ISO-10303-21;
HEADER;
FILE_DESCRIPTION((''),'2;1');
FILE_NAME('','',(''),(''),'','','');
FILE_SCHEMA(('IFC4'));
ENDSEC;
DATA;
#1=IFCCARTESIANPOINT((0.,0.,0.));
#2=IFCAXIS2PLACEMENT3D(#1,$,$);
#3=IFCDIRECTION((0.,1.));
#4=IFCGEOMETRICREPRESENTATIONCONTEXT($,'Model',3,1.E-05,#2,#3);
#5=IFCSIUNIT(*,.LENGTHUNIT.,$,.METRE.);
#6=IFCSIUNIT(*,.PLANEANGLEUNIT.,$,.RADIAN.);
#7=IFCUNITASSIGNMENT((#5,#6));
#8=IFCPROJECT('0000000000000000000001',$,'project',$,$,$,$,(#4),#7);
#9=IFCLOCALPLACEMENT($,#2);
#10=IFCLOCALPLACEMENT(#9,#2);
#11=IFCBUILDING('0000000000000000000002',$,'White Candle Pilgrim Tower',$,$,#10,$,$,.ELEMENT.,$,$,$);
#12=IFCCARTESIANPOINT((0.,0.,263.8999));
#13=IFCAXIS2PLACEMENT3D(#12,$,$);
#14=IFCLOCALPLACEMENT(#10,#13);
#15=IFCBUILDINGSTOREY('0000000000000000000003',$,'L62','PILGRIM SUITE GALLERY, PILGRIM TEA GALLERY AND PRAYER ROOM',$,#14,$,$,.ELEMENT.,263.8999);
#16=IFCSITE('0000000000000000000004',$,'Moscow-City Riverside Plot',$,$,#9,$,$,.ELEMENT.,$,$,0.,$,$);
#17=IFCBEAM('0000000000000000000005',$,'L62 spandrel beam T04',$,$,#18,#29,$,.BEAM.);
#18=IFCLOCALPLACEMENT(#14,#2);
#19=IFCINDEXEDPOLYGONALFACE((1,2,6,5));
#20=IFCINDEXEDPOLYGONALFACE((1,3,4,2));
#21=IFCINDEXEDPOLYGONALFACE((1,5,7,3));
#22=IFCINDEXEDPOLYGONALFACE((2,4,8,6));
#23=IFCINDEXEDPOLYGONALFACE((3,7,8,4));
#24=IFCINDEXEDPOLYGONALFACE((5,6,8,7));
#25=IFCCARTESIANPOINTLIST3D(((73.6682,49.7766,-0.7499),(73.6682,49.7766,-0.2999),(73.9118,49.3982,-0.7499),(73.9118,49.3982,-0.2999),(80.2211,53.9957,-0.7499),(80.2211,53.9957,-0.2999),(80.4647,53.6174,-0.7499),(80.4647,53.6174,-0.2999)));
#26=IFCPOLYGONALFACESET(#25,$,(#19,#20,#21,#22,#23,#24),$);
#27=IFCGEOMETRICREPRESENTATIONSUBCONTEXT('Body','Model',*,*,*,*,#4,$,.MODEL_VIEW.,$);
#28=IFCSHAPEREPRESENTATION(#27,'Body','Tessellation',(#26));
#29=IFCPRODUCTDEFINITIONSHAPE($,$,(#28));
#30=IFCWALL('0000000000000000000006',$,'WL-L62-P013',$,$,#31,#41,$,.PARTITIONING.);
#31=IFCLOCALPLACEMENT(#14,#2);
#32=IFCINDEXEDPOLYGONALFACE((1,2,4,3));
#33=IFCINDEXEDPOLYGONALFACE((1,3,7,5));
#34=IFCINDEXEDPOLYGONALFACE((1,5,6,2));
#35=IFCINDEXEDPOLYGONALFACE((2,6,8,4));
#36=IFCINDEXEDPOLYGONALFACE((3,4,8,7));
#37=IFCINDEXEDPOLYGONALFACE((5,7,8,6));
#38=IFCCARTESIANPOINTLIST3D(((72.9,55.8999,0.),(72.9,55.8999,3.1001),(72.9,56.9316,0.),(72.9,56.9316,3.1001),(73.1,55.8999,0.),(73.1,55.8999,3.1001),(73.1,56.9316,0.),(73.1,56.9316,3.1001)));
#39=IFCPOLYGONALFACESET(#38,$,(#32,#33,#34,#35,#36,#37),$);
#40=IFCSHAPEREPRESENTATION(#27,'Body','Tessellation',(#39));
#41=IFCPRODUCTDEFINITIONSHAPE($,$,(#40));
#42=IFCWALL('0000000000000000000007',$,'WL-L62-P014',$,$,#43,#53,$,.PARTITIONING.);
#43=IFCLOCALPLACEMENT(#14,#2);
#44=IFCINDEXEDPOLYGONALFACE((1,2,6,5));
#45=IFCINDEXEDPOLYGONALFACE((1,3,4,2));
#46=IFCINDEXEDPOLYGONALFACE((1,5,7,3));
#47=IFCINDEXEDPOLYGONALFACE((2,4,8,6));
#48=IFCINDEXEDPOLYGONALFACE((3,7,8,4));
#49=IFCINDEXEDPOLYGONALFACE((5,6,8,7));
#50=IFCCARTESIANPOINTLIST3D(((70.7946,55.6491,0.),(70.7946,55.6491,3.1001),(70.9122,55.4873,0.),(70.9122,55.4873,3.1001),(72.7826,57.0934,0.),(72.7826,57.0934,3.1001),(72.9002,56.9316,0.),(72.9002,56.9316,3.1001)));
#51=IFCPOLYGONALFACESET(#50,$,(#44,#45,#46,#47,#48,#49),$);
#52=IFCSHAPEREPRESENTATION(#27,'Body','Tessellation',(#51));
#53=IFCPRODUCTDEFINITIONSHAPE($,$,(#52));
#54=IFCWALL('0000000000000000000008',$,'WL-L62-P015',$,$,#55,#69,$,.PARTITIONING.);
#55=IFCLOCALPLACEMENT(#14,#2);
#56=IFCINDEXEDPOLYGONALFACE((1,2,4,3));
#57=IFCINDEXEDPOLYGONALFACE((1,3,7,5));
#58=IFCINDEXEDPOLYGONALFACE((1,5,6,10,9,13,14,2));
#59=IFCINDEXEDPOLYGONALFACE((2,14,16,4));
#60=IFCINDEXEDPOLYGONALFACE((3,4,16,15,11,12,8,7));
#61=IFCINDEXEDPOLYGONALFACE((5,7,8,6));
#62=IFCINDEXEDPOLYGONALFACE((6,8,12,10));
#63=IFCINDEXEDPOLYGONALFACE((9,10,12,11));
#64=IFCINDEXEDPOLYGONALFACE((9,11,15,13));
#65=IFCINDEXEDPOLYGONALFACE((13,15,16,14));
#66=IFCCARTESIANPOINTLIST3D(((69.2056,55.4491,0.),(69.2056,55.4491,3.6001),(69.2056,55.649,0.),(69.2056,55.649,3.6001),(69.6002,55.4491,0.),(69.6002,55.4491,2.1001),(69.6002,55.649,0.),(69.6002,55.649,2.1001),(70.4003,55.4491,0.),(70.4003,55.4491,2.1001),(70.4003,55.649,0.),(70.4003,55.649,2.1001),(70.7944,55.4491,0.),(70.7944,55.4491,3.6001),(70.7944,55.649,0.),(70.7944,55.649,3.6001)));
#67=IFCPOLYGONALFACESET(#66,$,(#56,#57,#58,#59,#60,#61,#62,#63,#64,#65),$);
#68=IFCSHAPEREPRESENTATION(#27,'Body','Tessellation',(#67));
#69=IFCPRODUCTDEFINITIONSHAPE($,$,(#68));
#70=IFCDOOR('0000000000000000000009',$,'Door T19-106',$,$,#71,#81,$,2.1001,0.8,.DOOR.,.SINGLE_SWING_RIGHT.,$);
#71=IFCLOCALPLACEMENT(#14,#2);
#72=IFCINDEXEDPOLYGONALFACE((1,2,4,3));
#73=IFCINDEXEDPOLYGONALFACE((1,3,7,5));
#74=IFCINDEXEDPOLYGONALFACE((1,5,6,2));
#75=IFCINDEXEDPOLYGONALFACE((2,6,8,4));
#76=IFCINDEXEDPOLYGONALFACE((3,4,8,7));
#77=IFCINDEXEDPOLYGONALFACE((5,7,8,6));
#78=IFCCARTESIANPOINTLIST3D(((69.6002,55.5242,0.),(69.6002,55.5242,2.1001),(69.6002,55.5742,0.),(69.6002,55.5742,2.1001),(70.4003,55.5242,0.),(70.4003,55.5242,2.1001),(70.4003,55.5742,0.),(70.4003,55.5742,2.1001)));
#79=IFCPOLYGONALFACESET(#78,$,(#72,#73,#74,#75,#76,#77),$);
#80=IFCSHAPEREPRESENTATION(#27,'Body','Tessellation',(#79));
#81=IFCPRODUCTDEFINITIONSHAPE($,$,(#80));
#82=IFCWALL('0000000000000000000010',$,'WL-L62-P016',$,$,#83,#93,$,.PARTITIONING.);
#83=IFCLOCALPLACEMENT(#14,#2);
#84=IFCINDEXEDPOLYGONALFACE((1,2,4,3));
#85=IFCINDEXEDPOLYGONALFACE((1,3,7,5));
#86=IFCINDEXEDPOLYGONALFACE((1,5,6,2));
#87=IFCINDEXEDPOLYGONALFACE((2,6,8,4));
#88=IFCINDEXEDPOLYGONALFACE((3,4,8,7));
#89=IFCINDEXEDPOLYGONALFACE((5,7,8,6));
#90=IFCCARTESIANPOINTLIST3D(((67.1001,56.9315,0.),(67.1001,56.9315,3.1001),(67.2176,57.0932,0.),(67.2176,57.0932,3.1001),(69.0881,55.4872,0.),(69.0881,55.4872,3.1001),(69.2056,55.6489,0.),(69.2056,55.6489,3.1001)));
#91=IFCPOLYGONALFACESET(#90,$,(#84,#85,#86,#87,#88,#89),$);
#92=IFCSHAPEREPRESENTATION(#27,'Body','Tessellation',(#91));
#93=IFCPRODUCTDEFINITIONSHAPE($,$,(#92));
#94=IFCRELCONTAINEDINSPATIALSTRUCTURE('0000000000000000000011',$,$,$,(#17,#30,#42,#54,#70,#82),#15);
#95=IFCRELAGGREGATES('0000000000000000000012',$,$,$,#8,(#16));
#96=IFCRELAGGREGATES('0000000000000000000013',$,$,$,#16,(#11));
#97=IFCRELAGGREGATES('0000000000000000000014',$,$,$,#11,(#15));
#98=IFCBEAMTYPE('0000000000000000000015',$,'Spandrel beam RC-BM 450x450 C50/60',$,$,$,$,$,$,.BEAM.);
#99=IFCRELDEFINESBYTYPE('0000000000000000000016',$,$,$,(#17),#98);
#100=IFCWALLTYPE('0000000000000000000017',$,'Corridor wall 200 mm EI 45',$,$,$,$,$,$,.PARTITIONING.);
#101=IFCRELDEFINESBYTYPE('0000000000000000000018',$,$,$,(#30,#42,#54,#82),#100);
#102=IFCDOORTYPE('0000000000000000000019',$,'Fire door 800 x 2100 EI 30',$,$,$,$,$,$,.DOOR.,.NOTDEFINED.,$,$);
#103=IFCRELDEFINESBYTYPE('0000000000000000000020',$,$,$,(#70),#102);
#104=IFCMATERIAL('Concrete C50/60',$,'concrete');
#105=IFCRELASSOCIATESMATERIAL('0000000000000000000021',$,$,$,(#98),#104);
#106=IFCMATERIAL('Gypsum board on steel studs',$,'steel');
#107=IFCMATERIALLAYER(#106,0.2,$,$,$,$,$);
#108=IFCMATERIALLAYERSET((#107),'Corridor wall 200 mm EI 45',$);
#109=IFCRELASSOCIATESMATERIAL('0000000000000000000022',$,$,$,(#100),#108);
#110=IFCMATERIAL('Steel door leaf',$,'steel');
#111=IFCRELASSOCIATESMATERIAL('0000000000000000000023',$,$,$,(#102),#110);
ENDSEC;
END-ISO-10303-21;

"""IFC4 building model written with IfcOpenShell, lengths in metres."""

from ifc_helpers import new_model, si_unit, direction, frame, frame_2d, origin, origin_2d, place, context, subcontext, project, spatial, rectangle, extrude, material, layer, layer_set, material_profile, profile_set, type_object, element, fill, save


model = new_model("IFC4")

# Units and contexts
model_context = context("Model", 3, precision=1e-05, world=origin(), true_north=direction((0.0, 1.0)))
body_context = subcontext(model_context, "Body", "Model", "MODEL_VIEW")
ifc_project = project(units=[si_unit("LENGTHUNIT", "METRE"), si_unit("PLANEANGLEUNIT", "RADIAN")], contexts=[model_context])

# Site, building, storey
site_placement = place(None, origin())
site = spatial("IfcSite", under=ifc_project, at=site_placement, Name="Moscow-City Riverside Plot", CompositionType="ELEMENT", RefElevation=0.0)
building_placement = place(site_placement, origin())
building = spatial("IfcBuilding", under=site, at=building_placement, Name="White Candle Pilgrim Tower", CompositionType="ELEMENT")
storey_placement = place(building_placement, frame((0.0, 0.0, 263.8999)))
storey = spatial("IfcBuildingStorey", under=building, at=storey_placement, Name="L62", Description="PILGRIM SUITE GALLERY, PILGRIM TEA GALLERY AND PRAYER ROOM", CompositionType="ELEMENT", Elevation=263.8999)

# Beam
ifc_material_1 = material(Name="Concrete C50/60", Category="concrete")
ifc_material_profile_1 = material_profile(ifc_material_1, rectangle(XDim=0.45, YDim=0.45, at=origin_2d()), Name="RC-BM 450x450")
ifc_profile_set_1 = profile_set([ifc_material_profile_1], Name="Concrete C50/60")
beam_type_1 = type_object("IfcBeamType", Name="Spandrel beam RC-BM 450x450 C50/60", PredefinedType="BEAM", material=ifc_profile_set_1)
beam_1_placement = place(storey_placement, frame((73.79, 49.5874, -0.5249), z_axis=(0.840793, 0.541357, 0.0), x_axis=(-0.541357, 0.840793, 0.0)))
element("IfcBeam", 1, at=beam_1_placement, inside=storey, type_object=beam_type_1, Name="L62 spandrel beam T04", PredefinedType="BEAM", context=body_context, shape_type="SweptSolid", body=[
    extrude(rectangle(XDim=0.45, YDim=0.45, at=origin_2d()), origin(), (0.0, 0.0, 1.0), 7.7937),
])

# Walls
ifc_material_2 = material(Name="Gypsum board on steel studs", Category="steel")
ifc_layer_1 = layer(ifc_material_2, 0.2)
ifc_layer_set_1 = layer_set([ifc_layer_1], Name="Corridor wall 200 mm EI 45")
wall_type_1 = type_object("IfcWallType", Name="Corridor wall 200 mm EI 45", PredefinedType="PARTITIONING", material=ifc_layer_set_1)
wall_1_placement = place(storey_placement, frame((73.0, 55.8999, 0.0), z_axis=(0.0, 0.0, 1.0), x_axis=(0.0, 1.0, 0.0)))
element("IfcWall", 2, at=wall_1_placement, inside=storey, type_object=wall_type_1, Name="WL-L62-P013", PredefinedType="PARTITIONING", context=body_context, shape_type="SweptSolid", body=[
    extrude(rectangle(XDim=1.0317, YDim=0.2, at=frame_2d((0.5159, 0.0))), origin(), (0.0, 0.0, 1.0), 3.1001),
])
wall_2_placement = place(storey_placement, frame((72.8413, 57.0125, 0.0), z_axis=(0.0, 0.0, 1.0), x_axis=(-0.809028, -0.58777, 0.0)))
element("IfcWall", 3, at=wall_2_placement, inside=storey, type_object=wall_type_1, Name="WL-L62-P014", PredefinedType="PARTITIONING", context=body_context, shape_type="SweptSolid", body=[
    extrude(rectangle(XDim=2.4573, YDim=0.2, at=frame_2d((1.2285, 0.0))), origin(), (0.0, 0.0, 1.0), 3.1001),
])

# Wall, opening, door
wall_3_placement = place(storey_placement, frame((70.7944, 55.5491, 0.0), z_axis=(0.0, 0.0, 1.0), x_axis=(-1.0, 0.0, 0.0)))
wall_3 = element("IfcWall", 4, at=wall_3_placement, inside=storey, type_object=wall_type_1, Name="WL-L62-P015", PredefinedType="PARTITIONING", context=body_context, shape_type="SweptSolid", body=[
    extrude(rectangle(XDim=1.5889, YDim=0.2, at=frame_2d((0.7944, 0.0))), origin(), (0.0, 0.0, 1.0), 3.6001),
])
opening_1_placement = place(wall_3_placement, frame((0.3943, 0.0, 0.0)))
opening_1 = element("IfcOpeningElement", 5, at=opening_1_placement, cuts=wall_3, PredefinedType="OPENING", context=body_context, shape_type="SweptSolid", body=[
    extrude(rectangle(XDim=0.8, YDim=2.1001, at=frame_2d((0.3999, 1.05))), frame((0.0, 0.1099, 0.0), z_axis=(0.0, -1.0, 0.0), x_axis=(1.0, 0.0, 0.0)), (0.0, 0.0, 1.0), 0.22),
])
ifc_material_3 = material(Name="Steel door leaf", Category="steel")
door_type_1 = type_object("IfcDoorType", Name="Fire door 800 x 2100 EI 30", OperationType="NOTDEFINED", PredefinedType="DOOR", material=ifc_material_3)
door_1_placement = place(opening_1_placement, origin())
door_1 = element("IfcDoor", 6, at=door_1_placement, inside=storey, type_object=door_type_1, Name="Door T19-106", OperationType="SINGLE_SWING_RIGHT", OverallHeight=2.1001, OverallWidth=0.8, PredefinedType="DOOR", context=body_context, shape_type="SweptSolid", body=[
    extrude(rectangle(XDim=0.8, YDim=2.1001, at=frame_2d((0.3999, 1.05))), frame((0.0, 0.0249, 0.0), z_axis=(0.0, -1.0, 0.0), x_axis=(1.0, 0.0, 0.0)), (0.0, 0.0, 1.0), 0.05),
])
fill(opening_1, door_1)

# Wall
wall_4_placement = place(storey_placement, frame((69.1467, 55.5681, 0.0), z_axis=(0.0, 0.0, 1.0), x_axis=(-0.809028, 0.58777, 0.0)))
element("IfcWall", 7, at=wall_4_placement, inside=storey, type_object=wall_type_1, Name="WL-L62-P016", PredefinedType="PARTITIONING", context=body_context, shape_type="SweptSolid", body=[
    extrude(rectangle(XDim=2.4573, YDim=0.2, at=frame_2d((1.2285, 0.0))), origin(), (0.0, 0.0, 1.0), 3.1001),
])

save(model, "model.ifc")
